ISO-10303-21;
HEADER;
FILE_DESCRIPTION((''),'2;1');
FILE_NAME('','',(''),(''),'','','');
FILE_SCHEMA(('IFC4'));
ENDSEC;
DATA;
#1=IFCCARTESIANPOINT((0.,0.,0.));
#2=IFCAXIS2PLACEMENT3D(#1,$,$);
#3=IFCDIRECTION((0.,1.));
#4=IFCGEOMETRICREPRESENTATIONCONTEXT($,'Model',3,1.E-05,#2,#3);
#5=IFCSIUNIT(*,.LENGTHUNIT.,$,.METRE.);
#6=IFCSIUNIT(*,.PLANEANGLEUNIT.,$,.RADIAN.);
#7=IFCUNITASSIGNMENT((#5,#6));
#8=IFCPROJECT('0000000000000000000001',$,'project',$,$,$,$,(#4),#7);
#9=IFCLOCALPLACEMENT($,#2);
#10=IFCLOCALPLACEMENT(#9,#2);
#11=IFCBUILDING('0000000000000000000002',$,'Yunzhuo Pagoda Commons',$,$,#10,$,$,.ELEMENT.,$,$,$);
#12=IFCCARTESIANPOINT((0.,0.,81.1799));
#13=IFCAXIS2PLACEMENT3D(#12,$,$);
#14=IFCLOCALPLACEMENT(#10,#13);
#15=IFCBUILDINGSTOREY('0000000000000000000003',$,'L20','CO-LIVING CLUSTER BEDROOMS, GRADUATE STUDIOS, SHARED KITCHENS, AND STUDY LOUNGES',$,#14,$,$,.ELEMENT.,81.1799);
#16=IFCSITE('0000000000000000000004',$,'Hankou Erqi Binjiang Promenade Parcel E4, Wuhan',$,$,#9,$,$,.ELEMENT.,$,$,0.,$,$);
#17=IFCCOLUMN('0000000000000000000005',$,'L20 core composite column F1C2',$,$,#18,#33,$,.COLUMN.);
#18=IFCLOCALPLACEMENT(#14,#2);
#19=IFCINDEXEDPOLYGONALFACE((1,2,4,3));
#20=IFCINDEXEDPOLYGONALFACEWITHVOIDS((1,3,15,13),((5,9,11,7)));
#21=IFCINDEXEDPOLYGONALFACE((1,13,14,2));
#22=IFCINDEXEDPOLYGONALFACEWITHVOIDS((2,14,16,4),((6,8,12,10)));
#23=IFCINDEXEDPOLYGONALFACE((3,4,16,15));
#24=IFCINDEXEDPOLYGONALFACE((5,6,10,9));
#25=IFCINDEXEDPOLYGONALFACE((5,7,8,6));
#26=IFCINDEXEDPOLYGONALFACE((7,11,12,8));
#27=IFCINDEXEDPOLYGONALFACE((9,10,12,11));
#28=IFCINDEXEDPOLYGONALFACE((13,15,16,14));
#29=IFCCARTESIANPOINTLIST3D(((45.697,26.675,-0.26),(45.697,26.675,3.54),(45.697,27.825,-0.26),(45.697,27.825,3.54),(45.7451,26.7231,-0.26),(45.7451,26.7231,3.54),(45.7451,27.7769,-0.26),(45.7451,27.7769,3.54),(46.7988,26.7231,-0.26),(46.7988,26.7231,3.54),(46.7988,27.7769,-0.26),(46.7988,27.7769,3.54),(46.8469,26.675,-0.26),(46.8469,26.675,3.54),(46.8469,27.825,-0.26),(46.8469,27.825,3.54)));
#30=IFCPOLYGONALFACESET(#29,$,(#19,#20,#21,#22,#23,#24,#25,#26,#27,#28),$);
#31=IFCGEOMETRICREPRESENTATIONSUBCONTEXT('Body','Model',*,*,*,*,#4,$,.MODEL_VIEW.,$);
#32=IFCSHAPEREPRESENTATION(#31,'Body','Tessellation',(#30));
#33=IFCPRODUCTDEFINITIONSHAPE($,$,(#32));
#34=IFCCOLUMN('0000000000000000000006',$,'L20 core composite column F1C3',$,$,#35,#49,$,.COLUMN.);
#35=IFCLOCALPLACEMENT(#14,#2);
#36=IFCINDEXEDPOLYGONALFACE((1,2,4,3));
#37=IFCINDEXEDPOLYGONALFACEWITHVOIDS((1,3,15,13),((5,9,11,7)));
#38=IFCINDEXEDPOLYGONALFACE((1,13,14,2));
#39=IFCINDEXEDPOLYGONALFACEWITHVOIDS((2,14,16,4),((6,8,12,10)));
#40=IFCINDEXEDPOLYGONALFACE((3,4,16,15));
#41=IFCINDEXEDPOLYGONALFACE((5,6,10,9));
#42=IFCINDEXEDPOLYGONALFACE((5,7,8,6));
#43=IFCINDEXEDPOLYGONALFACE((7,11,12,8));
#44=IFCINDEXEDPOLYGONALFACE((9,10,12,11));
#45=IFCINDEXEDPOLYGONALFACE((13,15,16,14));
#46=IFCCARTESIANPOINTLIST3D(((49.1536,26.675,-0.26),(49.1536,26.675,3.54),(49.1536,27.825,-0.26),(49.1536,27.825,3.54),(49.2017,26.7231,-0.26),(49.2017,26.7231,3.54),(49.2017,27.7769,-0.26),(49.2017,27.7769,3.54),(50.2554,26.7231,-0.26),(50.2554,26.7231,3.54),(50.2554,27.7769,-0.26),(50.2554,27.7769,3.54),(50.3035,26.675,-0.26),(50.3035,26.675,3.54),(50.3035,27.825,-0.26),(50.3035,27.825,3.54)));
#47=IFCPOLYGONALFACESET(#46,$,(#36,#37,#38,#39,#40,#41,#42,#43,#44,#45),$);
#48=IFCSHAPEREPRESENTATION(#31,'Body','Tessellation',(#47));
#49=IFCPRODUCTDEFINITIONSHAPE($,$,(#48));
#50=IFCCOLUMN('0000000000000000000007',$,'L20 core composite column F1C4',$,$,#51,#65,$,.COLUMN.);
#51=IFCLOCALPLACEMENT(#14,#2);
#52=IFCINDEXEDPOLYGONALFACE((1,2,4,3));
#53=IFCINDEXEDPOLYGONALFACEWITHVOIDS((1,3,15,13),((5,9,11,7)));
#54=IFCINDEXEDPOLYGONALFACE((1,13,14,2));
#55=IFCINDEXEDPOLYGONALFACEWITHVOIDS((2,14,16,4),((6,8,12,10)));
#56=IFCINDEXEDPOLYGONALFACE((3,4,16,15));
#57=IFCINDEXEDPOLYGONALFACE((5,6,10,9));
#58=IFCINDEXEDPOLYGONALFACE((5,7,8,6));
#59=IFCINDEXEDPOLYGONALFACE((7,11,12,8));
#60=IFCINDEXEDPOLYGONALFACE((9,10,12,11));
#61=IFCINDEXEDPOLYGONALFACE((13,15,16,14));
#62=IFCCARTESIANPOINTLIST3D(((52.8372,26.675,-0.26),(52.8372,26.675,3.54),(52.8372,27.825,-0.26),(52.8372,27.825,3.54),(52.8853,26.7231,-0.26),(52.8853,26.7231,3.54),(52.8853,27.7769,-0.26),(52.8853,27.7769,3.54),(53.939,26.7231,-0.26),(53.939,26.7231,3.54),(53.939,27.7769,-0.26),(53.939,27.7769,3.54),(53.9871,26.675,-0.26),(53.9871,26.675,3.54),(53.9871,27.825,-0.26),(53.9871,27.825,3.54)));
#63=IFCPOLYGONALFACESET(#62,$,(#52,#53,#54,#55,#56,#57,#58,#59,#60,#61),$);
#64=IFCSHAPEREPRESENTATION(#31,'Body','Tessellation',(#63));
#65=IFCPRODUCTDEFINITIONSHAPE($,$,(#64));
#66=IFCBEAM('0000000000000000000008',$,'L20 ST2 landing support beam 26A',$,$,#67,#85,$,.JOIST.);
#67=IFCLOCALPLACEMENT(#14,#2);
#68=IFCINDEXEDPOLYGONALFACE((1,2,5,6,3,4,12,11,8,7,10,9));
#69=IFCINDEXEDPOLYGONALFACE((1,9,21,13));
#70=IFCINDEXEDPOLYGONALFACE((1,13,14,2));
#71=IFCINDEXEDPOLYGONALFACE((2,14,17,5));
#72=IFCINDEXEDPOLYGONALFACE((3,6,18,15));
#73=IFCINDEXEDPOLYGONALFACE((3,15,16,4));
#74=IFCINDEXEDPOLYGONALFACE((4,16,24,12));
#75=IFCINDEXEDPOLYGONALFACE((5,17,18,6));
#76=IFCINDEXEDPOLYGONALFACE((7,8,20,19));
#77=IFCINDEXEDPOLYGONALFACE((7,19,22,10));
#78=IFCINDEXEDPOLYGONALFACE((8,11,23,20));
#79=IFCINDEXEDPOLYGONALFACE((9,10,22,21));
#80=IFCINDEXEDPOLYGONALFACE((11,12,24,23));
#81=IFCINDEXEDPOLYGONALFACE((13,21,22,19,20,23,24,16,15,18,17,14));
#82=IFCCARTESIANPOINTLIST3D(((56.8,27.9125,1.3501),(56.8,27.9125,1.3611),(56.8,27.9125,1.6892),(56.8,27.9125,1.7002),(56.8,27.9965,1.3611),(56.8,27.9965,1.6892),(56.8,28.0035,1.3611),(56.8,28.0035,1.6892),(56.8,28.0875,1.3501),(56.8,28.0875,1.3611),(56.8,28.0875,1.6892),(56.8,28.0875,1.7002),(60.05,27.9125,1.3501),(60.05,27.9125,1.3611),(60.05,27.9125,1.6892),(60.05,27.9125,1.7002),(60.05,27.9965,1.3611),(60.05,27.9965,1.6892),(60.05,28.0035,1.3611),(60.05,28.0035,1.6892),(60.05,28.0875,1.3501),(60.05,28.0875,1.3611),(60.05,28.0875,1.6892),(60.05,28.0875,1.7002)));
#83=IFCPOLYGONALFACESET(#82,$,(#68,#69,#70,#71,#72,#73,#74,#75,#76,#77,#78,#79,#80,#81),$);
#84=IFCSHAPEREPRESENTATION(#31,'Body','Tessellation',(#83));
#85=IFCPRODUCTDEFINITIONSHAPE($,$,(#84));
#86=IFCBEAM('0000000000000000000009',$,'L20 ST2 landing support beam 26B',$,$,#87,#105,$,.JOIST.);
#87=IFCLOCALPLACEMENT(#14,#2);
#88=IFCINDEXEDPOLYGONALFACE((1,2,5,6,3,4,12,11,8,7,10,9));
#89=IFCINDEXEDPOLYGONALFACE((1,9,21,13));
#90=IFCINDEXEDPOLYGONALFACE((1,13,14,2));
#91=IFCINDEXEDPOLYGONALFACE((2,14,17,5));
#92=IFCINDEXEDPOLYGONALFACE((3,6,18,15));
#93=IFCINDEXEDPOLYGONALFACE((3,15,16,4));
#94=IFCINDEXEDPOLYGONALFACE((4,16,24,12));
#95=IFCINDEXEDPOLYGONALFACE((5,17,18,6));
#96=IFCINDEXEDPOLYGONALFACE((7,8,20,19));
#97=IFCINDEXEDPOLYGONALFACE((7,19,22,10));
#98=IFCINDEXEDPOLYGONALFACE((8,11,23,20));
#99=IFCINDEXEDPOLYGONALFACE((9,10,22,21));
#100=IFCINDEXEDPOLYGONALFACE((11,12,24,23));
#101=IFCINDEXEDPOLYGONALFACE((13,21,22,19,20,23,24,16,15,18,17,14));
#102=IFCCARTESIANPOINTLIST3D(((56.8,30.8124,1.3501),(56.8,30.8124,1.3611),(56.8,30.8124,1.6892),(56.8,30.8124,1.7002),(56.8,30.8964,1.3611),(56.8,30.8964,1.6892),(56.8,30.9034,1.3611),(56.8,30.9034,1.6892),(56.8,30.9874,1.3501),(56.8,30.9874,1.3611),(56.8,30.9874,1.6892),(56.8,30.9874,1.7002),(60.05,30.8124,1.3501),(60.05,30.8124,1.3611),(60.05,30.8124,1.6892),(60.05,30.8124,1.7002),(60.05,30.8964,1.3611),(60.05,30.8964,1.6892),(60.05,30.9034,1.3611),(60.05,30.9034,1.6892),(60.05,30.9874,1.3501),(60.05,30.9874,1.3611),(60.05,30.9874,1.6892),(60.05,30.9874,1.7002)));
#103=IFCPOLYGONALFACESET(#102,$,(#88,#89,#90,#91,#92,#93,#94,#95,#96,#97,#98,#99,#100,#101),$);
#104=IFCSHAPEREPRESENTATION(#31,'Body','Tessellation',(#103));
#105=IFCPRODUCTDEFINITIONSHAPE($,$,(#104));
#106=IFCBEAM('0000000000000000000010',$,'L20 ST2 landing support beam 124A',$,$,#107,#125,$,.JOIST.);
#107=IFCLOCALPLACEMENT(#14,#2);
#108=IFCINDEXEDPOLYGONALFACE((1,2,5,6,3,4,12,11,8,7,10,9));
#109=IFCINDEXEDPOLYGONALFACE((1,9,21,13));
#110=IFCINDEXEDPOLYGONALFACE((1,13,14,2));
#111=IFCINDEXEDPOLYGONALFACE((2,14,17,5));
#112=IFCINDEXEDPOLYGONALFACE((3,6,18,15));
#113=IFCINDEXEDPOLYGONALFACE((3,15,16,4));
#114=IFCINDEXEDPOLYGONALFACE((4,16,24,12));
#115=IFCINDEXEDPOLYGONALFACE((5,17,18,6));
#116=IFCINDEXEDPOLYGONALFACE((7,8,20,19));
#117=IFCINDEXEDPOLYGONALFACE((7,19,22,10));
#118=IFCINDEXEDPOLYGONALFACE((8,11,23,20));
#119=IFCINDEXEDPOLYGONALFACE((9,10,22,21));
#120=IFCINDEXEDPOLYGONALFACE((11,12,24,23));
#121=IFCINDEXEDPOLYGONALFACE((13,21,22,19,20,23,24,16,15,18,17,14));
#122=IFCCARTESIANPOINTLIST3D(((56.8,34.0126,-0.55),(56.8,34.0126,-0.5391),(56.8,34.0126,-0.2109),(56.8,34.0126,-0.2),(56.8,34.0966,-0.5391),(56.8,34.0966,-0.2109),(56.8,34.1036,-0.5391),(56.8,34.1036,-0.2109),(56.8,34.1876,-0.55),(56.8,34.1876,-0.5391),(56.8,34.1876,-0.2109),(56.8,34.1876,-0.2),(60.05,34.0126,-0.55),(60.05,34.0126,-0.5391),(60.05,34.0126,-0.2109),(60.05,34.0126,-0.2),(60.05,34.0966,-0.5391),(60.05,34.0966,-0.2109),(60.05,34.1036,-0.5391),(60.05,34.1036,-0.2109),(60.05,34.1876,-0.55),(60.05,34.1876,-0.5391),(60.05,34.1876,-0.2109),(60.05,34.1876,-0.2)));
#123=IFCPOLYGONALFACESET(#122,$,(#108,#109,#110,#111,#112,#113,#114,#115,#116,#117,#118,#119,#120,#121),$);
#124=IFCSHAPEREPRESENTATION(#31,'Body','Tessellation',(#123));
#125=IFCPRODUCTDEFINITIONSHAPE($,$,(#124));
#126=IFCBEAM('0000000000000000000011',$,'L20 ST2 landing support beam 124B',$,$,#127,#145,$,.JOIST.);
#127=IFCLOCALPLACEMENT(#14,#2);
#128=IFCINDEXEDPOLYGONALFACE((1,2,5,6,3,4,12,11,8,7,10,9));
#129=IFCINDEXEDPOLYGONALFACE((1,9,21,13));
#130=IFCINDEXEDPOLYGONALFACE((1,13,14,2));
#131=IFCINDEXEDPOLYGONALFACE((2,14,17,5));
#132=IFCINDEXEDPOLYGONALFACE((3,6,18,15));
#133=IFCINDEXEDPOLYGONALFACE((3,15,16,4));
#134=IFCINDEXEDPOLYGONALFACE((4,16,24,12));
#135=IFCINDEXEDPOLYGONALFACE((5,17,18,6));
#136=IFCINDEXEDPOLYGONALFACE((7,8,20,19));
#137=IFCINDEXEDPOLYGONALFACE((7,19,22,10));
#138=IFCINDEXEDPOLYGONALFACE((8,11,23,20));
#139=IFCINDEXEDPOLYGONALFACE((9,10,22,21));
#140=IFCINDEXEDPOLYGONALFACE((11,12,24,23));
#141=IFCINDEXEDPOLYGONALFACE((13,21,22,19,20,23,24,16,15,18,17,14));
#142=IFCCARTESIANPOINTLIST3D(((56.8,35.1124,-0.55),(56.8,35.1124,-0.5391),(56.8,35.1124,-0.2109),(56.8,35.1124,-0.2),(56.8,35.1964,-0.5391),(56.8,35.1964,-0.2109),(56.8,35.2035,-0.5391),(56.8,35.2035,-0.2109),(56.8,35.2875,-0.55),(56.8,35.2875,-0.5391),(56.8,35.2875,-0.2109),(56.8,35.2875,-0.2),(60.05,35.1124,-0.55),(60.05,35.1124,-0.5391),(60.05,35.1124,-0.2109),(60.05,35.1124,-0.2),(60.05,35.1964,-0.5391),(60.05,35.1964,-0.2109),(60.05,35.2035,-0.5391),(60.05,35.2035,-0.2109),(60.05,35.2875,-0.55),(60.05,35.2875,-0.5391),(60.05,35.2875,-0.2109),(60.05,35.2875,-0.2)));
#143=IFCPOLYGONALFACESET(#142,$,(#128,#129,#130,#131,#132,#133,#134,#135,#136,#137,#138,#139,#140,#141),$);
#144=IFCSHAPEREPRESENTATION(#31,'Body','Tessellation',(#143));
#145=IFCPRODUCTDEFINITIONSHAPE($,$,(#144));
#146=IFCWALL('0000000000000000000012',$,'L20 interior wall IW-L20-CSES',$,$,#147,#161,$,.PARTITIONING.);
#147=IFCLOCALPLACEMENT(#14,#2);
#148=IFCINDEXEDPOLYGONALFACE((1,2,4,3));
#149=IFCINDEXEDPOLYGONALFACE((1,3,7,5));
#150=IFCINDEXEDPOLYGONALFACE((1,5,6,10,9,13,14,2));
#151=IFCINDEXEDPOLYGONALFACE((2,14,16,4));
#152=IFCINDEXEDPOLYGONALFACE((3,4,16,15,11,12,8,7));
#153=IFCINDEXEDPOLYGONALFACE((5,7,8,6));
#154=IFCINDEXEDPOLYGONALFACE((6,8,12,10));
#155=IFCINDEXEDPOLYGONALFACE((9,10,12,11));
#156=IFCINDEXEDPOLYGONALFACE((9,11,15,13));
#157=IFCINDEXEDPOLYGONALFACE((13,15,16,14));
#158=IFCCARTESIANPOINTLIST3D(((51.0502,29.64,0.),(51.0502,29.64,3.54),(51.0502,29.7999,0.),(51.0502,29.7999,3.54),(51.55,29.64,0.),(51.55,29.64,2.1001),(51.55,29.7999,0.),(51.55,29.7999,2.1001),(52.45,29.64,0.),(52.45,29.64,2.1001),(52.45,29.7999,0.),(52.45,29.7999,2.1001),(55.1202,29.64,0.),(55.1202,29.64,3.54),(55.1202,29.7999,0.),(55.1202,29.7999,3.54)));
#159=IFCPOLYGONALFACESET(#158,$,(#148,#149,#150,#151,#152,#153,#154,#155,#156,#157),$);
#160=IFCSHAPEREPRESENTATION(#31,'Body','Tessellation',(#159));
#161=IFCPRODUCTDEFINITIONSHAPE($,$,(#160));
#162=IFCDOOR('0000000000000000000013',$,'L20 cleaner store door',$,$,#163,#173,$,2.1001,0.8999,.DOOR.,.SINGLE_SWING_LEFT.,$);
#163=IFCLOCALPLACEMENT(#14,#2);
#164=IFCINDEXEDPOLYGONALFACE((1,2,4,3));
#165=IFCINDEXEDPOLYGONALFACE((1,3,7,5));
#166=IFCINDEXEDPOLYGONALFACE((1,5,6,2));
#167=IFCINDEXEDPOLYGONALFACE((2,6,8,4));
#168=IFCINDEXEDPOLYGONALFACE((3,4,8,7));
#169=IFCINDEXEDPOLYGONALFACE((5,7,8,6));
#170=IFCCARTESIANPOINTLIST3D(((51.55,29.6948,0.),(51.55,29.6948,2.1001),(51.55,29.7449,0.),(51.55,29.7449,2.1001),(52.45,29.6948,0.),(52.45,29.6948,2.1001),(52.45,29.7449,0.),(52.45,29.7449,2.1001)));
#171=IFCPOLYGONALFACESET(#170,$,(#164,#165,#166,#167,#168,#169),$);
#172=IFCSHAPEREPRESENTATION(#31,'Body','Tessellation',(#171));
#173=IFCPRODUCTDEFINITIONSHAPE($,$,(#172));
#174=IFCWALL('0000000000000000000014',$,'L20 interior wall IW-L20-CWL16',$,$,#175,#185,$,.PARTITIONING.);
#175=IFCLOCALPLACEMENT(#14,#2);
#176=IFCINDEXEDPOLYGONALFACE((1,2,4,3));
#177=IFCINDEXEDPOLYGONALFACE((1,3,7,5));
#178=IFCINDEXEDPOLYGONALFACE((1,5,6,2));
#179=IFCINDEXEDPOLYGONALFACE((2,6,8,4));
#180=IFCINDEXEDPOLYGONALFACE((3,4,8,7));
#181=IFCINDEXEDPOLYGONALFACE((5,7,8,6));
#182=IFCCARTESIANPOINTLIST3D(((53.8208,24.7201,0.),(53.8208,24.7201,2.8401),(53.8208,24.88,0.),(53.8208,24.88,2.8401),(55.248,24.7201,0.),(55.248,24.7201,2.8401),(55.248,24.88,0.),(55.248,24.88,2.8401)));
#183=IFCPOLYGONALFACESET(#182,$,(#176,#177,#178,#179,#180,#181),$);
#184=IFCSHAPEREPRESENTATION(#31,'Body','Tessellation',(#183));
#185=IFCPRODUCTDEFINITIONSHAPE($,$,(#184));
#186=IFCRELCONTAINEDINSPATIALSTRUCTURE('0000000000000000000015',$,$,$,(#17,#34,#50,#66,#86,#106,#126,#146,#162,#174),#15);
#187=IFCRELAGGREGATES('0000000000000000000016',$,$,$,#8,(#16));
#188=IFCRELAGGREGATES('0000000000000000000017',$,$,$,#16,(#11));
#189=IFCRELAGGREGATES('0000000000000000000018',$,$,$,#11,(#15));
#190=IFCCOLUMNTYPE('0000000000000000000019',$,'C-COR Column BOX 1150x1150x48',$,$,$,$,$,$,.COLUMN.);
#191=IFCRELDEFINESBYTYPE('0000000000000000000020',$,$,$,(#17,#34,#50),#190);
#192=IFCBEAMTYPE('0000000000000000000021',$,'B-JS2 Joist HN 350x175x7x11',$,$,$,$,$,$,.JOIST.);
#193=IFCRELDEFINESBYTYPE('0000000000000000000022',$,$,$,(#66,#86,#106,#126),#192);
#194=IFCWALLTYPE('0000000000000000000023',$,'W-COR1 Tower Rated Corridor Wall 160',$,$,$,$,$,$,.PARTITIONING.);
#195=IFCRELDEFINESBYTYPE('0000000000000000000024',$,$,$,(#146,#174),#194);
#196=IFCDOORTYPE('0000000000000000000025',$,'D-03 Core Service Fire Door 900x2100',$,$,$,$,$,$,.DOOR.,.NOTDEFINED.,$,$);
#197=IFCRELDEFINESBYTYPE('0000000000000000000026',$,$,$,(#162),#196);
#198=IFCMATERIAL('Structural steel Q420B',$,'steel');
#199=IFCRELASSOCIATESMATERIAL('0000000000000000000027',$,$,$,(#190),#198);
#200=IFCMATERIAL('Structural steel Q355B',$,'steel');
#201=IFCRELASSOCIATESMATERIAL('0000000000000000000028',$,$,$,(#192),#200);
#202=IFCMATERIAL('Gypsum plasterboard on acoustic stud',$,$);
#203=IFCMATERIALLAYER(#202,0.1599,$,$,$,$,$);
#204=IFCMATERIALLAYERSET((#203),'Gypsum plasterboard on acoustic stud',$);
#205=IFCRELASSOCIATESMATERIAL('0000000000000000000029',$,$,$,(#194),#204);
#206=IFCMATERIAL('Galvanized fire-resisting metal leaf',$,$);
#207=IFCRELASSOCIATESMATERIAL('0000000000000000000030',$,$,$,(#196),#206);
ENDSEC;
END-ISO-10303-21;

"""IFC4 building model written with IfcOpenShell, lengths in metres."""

from ifc_helpers import new_model, si_unit, direction, frame, frame_2d, origin, origin_with_axes, origin_2d, place, context, subcontext, project, spatial, rectangle, hollow_rectangle, i_section, extrude, source, transform, mapped, material, layer, layer_set, material_profile, profile_set, type_object, element, fill, save


model = new_model("IFC4")

# Units and contexts
model_context = context("Model", 3, precision=1e-05, world=origin(), true_north=direction((0.0, 1.0)))
body_context = subcontext(model_context, "Body", "Model", "MODEL_VIEW")
ifc_project = project(units=[si_unit("LENGTHUNIT", "METRE"), si_unit("PLANEANGLEUNIT", "RADIAN")], contexts=[model_context])

# Site, building, storey
site_placement = place(None, origin())
site = spatial("IfcSite", under=ifc_project, at=site_placement, Name="Hankou Erqi Binjiang Promenade Parcel E4, Wuhan", CompositionType="ELEMENT", RefElevation=0.0)
building_placement = place(site_placement, origin())
building = spatial("IfcBuilding", under=site, at=building_placement, Name="Yunzhuo Pagoda Commons", CompositionType="ELEMENT")
storey_placement = place(building_placement, frame((0.0, 0.0, 81.1799)))
storey = spatial("IfcBuildingStorey", under=building, at=storey_placement, Name="L20", Description="CO-LIVING CLUSTER BEDROOMS, GRADUATE STUDIOS, SHARED KITCHENS, AND STUDY LOUNGES", CompositionType="ELEMENT", Elevation=81.1799)

# Columns
ifc_material_1 = material(Name="Structural steel Q420B", Category="steel")
ifc_material_profile_1 = material_profile(ifc_material_1, hollow_rectangle(XDim=1.1499, YDim=1.1499, WallThickness=0.0481, at=origin_2d()), Name="Structural steel Q420B")
ifc_profile_set_1 = profile_set([ifc_material_profile_1], Name="Structural steel Q420B")
column_type = type_object("IfcColumnType", Name="C-COR Column BOX 1150x1150x48", PredefinedType="COLUMN", material=ifc_profile_set_1)
shared_shape_1 = source(origin(), body_context, "Body", "SweptSolid", [
    extrude(hollow_rectangle(XDim=1.1499, YDim=1.1499, WallThickness=0.0481, at=origin_2d()), origin(), (0.0, 0.0, 1.0), 3.8),
])
for number, where, z_axis, x_axis, name in (
    (1, (46.272, 27.25, -0.26), (0.0, 0.0, 1.0), (1.0, 0.0, 0.0), "L20 core composite column F1C2"),
    (2, (49.7285, 27.25, -0.26), (0.0, 0.0, 1.0), (1.0, 0.0, 0.0), "L20 core composite column F1C3"),
    (3, (53.4121, 27.25, -0.26), (0.0, 0.0, 1.0), (1.0, 0.0, 0.0), "L20 core composite column F1C4"),
):
    element("IfcColumn", number, at=place(storey_placement, frame(where, z_axis=z_axis, x_axis=x_axis)), inside=storey, type_object=column_type, Name=name, PredefinedType="COLUMN", context=body_context, shape_type="MappedRepresentation", body=[
        mapped(shared_shape_1, transform((0.0, 0.0, 0.0), scale=1.0)),
    ])

# Beams
ifc_material_2 = material(Name="Structural steel Q355B", Category="steel")
ifc_material_profile_2 = material_profile(ifc_material_2, i_section(OverallWidth=0.175, OverallDepth=0.3501, WebThickness=0.0071, FlangeThickness=0.011, at=origin_2d()), Name="Structural steel Q355B")
ifc_profile_set_2 = profile_set([ifc_material_profile_2], Name="Structural steel Q355B")
beam_type = type_object("IfcBeamType", Name="B-JS2 Joist HN 350x175x7x11", PredefinedType="JOIST", material=ifc_profile_set_2)
shared_shape_2 = source(origin(), body_context, "Body", "SweptSolid", [
    extrude(i_section(OverallWidth=0.175, OverallDepth=0.3501, WebThickness=0.0071, FlangeThickness=0.011, at=origin_2d()), origin(), (0.0, 0.0, 1.0), 3.25),
])
for number, where, z_axis, x_axis, name in (
    (4, (56.8, 28.0, 1.5251), (1.0, 0.0, 0.0), (0.0, 1.0, 0.0), "L20 ST2 landing support beam 26A"),
    (5, (56.8, 30.8999, 1.5251), (1.0, 0.0, 0.0), (0.0, 1.0, 0.0), "L20 ST2 landing support beam 26B"),
    (6, (56.8, 34.1001, -0.375), (1.0, 0.0, 0.0), (0.0, 1.0, 0.0), "L20 ST2 landing support beam 124A"),
    (7, (56.8, 35.2, -0.375), (1.0, 0.0, 0.0), (0.0, 1.0, 0.0), "L20 ST2 landing support beam 124B"),
):
    element("IfcBeam", number, at=place(storey_placement, frame(where, z_axis=z_axis, x_axis=x_axis)), inside=storey, type_object=beam_type, Name=name, PredefinedType="JOIST", context=body_context, shape_type="MappedRepresentation", body=[
        mapped(shared_shape_2, transform((0.0, 0.0, 0.0), scale=1.0)),
    ])

# Wall, opening, door
ifc_material_3 = material(Name="Gypsum plasterboard on acoustic stud")
ifc_layer_1 = layer(ifc_material_3, 0.1599)
ifc_layer_set_1 = layer_set([ifc_layer_1], Name="Gypsum plasterboard on acoustic stud")
wall_type_1 = type_object("IfcWallType", Name="W-COR1 Tower Rated Corridor Wall 160", PredefinedType="PARTITIONING", material=ifc_layer_set_1)
wall_1_placement = place(storey_placement, frame((51.05, 29.72, 0.0), z_axis=(0.0, 0.0, 1.0), x_axis=(1.0, 0.0, 0.0)))
wall_1 = element("IfcWall", 8, at=wall_1_placement, inside=storey, type_object=wall_type_1, Name="L20 interior wall IW-L20-CSES", PredefinedType="PARTITIONING", context=body_context, shape_type="SweptSolid", body=[
    extrude(rectangle(XDim=4.0701, YDim=0.1599, at=frame_2d((2.0352, 0.0))), origin(), (0.0, 0.0, 1.0), 3.54),
])
opening_1_placement = place(wall_1_placement, frame((0.5, 0.0, 0.0)))
opening_1 = element("IfcOpeningElement", 9, at=opening_1_placement, cuts=wall_1, PredefinedType="OPENING", context=body_context, shape_type="SweptSolid", body=[
    extrude(rectangle(XDim=0.8999, YDim=2.1001, at=frame_2d((0.45, 1.05))), frame((0.0, 0.0898, 0.0), z_axis=(0.0, -1.0, 0.0), x_axis=(1.0, 0.0, 0.0)), (0.0, 0.0, 1.0), 0.1799),
])
ifc_material_4 = material(Name="Galvanized fire-resisting metal leaf")
door_type_1 = type_object("IfcDoorType", Name="D-03 Core Service Fire Door 900x2100", OperationType="NOTDEFINED", PredefinedType="DOOR", material=ifc_material_4)
shared_shape_3 = source(origin(), body_context, "Body", "SweptSolid", [
    extrude(rectangle(XDim=0.8999, YDim=2.1001, at=frame_2d((0.45, 1.05))), frame((0.0, 0.0249, 0.0), z_axis=(0.0, -1.0, 0.0), x_axis=(1.0, 0.0, 0.0)), (0.0, 0.0, 1.0), 0.05),
])
door_1_placement = place(opening_1_placement, origin_with_axes())
door_1 = element("IfcDoor", 10, at=door_1_placement, inside=storey, type_object=door_type_1, Name="L20 cleaner store door", OperationType="SINGLE_SWING_LEFT", OverallHeight=2.1001, OverallWidth=0.8999, PredefinedType="DOOR", context=body_context, shape_type="MappedRepresentation", body=[
    mapped(shared_shape_3, transform((0.0, 0.0, 0.0), scale=1.0)),
])
fill(opening_1, door_1)

# Wall
wall_2_placement = place(storey_placement, frame((55.248, 24.8, 0.0), z_axis=(0.0, 0.0, 1.0), x_axis=(-1.0, 0.0, 0.0)))
element("IfcWall", 11, at=wall_2_placement, inside=storey, type_object=wall_type_1, Name="L20 interior wall IW-L20-CWL16", PredefinedType="PARTITIONING", context=body_context, shape_type="SweptSolid", body=[
    extrude(rectangle(XDim=1.4272, YDim=0.1599, at=frame_2d((0.7136, 0.0))), origin(), (0.0, 0.0, 1.0), 2.8401),
])

save(model, "model.ifc")
